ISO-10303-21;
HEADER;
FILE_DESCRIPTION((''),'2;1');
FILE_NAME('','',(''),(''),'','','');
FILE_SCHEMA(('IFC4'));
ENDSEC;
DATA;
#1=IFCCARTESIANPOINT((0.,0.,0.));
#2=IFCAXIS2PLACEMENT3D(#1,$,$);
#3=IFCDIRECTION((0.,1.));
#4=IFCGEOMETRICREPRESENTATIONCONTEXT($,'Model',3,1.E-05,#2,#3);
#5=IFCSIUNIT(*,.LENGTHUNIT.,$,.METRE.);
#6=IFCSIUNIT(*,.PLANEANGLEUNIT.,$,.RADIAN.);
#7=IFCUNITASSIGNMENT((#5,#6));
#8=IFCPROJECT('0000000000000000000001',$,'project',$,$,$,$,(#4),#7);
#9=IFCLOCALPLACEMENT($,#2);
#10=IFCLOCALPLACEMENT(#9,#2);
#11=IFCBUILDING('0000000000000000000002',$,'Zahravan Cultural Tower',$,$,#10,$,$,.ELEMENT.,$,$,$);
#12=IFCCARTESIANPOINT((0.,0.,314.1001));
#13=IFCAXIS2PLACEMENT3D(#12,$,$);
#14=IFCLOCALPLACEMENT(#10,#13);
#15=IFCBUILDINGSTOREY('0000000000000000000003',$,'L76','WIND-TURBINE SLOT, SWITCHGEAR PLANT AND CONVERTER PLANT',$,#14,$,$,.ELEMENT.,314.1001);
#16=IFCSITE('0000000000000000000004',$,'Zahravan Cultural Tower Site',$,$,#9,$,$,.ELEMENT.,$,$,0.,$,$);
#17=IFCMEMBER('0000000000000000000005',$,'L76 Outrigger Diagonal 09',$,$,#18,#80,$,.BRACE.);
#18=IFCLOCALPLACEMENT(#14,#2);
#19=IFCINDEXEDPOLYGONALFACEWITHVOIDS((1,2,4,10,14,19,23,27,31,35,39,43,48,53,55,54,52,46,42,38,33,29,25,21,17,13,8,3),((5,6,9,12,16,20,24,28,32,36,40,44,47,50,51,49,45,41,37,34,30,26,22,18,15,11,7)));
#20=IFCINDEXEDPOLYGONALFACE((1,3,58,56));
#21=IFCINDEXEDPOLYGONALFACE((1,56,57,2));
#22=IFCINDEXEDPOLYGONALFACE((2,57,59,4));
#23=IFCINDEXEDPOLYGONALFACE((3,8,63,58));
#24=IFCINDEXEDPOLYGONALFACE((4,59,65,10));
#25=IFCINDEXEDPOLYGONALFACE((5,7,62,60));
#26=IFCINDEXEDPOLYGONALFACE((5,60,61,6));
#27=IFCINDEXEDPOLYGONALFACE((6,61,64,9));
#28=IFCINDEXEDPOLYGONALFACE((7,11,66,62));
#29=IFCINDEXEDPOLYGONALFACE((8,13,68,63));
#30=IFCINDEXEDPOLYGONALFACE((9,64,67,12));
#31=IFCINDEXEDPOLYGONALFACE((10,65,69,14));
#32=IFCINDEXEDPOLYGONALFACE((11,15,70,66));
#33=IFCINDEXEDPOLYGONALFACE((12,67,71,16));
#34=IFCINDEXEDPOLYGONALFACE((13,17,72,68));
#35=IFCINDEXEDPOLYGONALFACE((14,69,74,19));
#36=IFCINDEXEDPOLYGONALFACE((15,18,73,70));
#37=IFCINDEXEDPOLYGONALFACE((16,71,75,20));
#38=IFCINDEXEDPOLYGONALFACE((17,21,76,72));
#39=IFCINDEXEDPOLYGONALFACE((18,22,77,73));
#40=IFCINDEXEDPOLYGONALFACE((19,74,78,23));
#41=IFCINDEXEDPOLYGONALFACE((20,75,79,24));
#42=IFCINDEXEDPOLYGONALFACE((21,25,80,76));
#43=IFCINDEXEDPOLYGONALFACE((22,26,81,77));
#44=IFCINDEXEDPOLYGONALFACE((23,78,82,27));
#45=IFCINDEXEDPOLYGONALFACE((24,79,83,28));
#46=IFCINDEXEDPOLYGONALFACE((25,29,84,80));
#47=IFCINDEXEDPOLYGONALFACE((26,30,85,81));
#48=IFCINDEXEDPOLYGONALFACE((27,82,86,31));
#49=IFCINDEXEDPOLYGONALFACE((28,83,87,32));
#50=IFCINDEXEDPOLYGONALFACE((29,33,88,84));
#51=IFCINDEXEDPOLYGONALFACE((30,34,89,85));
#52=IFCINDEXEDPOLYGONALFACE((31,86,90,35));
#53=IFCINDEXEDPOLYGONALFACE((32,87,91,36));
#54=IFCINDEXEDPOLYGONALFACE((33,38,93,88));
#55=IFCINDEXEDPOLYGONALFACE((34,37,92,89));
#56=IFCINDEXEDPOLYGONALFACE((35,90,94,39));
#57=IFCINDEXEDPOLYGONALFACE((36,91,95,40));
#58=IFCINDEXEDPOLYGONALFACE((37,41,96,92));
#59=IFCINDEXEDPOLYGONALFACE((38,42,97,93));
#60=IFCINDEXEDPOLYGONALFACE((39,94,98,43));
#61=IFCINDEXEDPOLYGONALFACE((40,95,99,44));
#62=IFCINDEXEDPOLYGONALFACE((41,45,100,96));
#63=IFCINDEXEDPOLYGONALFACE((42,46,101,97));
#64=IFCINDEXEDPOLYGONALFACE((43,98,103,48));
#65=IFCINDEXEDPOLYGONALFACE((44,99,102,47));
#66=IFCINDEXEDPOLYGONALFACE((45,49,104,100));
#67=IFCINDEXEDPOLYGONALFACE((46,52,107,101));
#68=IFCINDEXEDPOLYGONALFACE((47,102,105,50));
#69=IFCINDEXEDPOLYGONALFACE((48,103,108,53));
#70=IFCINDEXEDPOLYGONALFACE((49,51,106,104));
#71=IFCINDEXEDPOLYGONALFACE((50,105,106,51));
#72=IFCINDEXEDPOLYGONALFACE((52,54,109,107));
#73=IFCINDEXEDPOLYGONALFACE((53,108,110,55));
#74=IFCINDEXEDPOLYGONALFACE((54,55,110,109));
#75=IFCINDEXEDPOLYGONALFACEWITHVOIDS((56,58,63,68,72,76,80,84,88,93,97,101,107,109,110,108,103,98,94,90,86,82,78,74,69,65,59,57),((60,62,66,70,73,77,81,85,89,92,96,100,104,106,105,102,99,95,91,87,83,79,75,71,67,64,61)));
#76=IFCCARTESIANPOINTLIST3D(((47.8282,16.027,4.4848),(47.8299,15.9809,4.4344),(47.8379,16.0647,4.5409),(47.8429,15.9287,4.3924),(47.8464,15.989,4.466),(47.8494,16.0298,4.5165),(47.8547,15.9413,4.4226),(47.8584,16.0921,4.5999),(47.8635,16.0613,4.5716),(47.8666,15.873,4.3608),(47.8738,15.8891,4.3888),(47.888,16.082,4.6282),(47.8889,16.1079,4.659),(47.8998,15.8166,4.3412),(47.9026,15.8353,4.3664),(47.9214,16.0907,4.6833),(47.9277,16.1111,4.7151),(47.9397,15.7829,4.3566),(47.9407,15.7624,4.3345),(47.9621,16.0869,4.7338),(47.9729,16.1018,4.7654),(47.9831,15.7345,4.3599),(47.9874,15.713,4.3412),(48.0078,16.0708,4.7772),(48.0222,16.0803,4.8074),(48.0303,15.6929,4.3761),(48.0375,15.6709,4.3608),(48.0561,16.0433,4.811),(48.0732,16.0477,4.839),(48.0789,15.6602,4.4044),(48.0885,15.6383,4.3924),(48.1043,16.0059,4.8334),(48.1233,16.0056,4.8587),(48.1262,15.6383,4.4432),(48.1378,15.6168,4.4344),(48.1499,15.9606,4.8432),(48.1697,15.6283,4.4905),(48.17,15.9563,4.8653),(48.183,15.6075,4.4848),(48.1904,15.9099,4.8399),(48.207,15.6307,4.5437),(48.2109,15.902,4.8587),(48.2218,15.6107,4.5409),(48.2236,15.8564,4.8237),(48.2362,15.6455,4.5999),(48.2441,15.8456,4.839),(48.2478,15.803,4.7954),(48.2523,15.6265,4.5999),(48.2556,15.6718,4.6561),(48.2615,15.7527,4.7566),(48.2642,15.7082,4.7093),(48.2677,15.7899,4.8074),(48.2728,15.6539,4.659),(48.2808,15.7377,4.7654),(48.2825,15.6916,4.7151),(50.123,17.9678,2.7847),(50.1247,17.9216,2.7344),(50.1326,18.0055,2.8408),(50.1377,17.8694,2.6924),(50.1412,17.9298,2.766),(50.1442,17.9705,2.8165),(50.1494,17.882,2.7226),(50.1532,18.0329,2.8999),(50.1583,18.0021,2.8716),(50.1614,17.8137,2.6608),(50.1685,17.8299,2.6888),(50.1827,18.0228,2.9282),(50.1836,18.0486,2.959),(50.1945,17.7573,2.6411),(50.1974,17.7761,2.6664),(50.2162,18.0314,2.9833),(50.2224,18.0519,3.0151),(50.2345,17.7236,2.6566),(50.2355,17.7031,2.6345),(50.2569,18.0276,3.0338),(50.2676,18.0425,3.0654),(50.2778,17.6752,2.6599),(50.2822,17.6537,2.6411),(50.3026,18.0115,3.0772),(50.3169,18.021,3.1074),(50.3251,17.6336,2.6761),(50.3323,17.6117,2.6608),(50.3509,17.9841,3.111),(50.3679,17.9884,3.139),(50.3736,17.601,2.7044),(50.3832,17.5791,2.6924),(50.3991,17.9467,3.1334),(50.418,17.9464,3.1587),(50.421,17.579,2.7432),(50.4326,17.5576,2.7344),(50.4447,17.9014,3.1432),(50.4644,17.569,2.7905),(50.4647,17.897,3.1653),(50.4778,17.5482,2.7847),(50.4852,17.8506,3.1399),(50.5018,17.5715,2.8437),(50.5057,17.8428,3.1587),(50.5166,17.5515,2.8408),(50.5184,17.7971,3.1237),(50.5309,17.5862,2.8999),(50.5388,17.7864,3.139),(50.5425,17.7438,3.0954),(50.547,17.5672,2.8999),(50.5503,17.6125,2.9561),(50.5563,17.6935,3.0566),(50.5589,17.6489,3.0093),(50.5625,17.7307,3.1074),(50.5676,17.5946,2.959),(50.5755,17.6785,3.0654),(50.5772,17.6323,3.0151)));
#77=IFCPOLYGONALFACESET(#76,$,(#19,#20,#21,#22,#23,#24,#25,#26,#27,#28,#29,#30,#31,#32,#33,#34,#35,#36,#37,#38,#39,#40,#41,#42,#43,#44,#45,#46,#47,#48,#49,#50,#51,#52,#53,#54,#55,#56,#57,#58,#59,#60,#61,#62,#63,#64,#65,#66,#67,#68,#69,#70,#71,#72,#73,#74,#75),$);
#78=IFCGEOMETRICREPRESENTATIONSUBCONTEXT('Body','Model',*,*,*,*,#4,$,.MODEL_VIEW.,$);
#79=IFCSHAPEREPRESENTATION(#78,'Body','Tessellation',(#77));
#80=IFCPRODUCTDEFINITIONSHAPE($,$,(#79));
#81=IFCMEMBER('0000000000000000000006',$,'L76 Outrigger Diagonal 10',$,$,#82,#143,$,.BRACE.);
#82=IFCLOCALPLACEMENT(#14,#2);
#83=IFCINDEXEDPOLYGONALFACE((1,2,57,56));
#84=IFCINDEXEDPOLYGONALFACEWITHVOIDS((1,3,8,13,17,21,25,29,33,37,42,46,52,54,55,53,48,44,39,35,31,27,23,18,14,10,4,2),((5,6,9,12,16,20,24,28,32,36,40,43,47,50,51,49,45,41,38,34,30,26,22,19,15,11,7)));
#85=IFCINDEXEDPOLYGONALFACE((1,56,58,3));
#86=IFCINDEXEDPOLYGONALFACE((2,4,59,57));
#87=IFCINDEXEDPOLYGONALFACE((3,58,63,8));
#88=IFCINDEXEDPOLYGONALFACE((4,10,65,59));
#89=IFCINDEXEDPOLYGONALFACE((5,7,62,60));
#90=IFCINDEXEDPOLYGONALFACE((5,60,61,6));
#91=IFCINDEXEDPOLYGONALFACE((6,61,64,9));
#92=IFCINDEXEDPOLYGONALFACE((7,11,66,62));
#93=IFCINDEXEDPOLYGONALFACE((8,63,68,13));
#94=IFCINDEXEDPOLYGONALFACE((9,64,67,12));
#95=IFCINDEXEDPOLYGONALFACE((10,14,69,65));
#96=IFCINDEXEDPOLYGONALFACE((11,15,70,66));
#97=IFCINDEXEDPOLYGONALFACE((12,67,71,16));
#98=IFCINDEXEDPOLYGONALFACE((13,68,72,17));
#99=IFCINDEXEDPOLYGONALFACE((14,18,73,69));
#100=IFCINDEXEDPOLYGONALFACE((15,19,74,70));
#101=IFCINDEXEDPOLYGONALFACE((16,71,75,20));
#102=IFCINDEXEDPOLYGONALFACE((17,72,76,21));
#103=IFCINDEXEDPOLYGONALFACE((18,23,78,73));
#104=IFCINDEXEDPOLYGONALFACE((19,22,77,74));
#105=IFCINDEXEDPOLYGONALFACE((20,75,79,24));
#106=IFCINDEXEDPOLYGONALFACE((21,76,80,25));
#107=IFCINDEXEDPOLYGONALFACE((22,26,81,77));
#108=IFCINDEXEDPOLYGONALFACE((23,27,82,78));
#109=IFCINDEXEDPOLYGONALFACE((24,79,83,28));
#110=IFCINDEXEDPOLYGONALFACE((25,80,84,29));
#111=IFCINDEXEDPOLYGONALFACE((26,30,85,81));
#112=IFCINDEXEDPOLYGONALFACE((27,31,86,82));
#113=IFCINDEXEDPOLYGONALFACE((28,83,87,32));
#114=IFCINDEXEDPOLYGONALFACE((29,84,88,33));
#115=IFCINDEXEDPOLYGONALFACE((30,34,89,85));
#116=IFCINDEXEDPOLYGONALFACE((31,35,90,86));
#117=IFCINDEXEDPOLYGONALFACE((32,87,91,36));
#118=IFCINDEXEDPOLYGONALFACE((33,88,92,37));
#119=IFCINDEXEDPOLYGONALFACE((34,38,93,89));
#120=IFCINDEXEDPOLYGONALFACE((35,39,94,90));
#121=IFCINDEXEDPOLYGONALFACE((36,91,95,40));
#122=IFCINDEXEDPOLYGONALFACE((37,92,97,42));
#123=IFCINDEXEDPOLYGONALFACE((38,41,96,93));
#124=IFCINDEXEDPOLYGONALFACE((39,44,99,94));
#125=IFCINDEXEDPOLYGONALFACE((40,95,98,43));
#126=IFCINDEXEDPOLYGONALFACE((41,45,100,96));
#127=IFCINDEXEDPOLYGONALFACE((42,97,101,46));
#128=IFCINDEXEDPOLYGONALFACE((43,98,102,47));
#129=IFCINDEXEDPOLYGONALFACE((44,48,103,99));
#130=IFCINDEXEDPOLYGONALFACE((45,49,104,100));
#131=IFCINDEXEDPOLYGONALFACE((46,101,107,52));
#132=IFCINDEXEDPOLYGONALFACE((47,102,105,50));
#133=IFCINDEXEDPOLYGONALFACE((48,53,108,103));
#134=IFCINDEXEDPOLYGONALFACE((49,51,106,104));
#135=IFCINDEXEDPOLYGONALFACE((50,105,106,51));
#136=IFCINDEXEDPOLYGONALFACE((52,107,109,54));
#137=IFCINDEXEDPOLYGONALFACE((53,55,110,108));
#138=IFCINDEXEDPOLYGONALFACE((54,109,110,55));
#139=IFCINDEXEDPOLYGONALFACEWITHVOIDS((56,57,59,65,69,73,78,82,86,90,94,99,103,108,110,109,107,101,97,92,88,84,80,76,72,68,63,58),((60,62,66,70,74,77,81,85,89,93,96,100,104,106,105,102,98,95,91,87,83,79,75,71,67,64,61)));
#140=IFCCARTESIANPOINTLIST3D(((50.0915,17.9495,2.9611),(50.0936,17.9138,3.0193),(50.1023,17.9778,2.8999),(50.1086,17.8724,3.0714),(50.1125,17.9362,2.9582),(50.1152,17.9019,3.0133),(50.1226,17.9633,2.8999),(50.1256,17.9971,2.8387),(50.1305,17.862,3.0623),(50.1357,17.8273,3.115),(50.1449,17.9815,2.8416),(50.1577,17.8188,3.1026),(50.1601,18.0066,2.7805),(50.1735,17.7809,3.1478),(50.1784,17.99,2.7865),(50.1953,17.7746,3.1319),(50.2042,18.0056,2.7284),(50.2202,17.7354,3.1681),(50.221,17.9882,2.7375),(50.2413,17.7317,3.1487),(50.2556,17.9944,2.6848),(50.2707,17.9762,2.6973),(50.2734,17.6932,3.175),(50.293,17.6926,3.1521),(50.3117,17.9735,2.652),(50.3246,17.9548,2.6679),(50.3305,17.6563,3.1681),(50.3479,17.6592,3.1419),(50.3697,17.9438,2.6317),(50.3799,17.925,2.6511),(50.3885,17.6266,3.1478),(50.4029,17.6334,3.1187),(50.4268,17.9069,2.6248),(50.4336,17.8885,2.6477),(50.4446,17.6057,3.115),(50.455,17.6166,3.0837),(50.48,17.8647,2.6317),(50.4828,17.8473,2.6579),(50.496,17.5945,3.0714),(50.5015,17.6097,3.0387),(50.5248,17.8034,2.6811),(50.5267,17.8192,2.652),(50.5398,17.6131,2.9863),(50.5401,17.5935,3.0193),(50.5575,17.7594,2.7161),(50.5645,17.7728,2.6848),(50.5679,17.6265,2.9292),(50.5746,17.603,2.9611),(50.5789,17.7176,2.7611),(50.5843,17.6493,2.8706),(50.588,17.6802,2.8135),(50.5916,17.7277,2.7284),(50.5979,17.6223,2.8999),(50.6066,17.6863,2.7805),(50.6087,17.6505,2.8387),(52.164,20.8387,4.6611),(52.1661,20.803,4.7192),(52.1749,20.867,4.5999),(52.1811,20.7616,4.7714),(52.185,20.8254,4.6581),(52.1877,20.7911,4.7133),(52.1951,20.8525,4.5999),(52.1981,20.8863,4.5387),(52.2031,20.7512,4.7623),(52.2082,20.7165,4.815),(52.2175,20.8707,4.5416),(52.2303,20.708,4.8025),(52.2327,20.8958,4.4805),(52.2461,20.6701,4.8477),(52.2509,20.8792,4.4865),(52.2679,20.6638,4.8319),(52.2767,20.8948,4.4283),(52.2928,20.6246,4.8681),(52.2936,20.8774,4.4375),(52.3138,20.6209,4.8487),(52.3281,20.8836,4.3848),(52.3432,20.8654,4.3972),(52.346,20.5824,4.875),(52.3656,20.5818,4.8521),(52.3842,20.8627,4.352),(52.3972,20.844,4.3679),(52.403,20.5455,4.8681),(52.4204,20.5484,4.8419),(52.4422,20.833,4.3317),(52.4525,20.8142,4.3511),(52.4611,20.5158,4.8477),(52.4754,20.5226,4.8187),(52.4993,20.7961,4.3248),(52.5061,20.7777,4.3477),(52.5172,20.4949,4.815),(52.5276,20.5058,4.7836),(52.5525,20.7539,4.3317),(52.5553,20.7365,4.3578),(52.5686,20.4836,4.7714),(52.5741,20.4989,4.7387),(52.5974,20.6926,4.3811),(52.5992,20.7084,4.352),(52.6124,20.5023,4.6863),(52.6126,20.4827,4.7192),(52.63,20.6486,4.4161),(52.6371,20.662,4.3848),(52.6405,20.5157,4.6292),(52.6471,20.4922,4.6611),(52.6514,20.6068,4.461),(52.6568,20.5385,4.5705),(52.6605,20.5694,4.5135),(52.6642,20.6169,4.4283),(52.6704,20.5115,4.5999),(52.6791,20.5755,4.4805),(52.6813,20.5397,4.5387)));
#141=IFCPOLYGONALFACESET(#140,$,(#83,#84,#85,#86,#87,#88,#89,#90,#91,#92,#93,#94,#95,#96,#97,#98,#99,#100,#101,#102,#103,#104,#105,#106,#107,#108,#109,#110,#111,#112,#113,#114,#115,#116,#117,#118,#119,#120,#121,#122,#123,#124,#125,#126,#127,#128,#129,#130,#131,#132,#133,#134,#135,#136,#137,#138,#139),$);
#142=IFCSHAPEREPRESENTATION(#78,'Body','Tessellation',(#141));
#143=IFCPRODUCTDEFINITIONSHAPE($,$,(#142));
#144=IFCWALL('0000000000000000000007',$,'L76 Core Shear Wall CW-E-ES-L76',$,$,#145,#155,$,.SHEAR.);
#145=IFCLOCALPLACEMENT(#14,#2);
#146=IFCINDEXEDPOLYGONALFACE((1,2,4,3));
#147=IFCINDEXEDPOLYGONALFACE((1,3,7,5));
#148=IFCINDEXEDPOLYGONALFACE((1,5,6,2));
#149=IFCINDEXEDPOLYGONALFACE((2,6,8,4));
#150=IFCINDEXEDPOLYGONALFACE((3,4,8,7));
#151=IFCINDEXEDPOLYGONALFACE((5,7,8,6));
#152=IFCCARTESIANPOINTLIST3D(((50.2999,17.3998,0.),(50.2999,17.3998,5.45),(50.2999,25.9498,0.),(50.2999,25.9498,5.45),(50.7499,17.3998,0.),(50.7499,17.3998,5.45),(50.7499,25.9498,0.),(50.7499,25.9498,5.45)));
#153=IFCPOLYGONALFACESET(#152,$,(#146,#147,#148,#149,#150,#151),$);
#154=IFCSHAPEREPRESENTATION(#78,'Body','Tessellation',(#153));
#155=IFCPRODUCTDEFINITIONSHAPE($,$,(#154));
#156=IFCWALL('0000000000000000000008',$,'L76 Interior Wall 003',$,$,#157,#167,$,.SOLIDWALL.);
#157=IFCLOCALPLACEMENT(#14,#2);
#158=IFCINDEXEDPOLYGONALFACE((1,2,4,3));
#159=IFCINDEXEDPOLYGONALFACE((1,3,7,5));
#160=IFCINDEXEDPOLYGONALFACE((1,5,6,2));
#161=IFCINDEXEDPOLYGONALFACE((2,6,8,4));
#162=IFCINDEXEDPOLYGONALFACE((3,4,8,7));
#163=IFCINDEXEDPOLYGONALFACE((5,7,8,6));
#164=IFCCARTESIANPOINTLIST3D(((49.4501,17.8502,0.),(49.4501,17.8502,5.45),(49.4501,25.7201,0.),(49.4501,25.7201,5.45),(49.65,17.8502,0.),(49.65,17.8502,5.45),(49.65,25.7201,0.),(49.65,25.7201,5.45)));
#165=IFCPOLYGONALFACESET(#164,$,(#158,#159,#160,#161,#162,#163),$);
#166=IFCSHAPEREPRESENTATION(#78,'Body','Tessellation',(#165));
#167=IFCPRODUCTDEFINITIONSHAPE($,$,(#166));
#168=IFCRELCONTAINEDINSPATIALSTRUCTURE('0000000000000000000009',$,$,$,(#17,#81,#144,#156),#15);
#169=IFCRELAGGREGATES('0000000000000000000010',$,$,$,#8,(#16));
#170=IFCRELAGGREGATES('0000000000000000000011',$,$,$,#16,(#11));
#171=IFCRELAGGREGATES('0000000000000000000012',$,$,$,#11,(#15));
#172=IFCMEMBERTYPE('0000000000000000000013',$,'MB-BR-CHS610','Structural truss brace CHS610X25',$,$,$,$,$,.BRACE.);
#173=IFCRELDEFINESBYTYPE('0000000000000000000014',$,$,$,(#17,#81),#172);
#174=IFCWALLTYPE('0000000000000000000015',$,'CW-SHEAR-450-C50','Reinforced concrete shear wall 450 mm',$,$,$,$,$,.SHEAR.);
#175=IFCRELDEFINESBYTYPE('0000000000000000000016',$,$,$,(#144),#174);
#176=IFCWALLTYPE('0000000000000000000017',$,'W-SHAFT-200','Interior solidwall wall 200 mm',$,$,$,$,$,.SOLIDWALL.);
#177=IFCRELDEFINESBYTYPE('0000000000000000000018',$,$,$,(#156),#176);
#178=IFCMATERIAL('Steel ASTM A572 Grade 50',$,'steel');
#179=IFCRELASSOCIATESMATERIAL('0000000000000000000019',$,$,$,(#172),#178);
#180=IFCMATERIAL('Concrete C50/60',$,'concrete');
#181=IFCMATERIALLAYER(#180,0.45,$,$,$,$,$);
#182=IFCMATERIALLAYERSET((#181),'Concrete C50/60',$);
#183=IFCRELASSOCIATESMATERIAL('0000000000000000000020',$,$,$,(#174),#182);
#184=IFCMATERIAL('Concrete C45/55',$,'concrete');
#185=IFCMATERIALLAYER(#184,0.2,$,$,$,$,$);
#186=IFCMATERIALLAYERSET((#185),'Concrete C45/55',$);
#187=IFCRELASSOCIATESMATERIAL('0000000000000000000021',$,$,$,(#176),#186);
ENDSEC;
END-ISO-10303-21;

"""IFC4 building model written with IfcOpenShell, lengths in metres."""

from ifc_helpers import new_model, si_unit, direction, frame, frame_2d, origin, origin_2d, place, context, subcontext, project, spatial, rectangle, hollow_circle, extrude, source, transform, mapped, material, layer, layer_set, material_profile, profile_set, type_object, element, save


model = new_model("IFC4")

# Units and contexts
model_context = context("Model", 3, precision=1e-05, world=origin(), true_north=direction((0.0, 1.0)))
body_context = subcontext(model_context, "Body", "Model", "MODEL_VIEW")
ifc_project = project(units=[si_unit("LENGTHUNIT", "METRE"), si_unit("PLANEANGLEUNIT", "RADIAN")], contexts=[model_context])

# Site, building, storey
site_placement = place(None, origin())
site = spatial("IfcSite", under=ifc_project, at=site_placement, Name="Zahravan Cultural Tower Site", CompositionType="ELEMENT", RefElevation=0.0)
building_placement = place(site_placement, origin())
building = spatial("IfcBuilding", under=site, at=building_placement, Name="Zahravan Cultural Tower", CompositionType="ELEMENT")
storey_placement = place(building_placement, frame((0.0, 0.0, 314.1001)))
storey = spatial("IfcBuildingStorey", under=building, at=storey_placement, Name="L76", Description="WIND-TURBINE SLOT, SWITCHGEAR PLANT AND CONVERTER PLANT", CompositionType="ELEMENT", Elevation=314.1001)

# Shared definitions
ifc_material_1 = material(Name="Concrete C50/60", Category="concrete")

# Members
ifc_material_2 = material(Name="Steel ASTM A572 Grade 50", Category="steel")
ifc_material_profile_1 = material_profile(ifc_material_2, hollow_circle(Radius=0.3049, WallThickness=0.0249, at=origin_2d()), Name="CHS610X25")
ifc_profile_set_1 = profile_set([ifc_material_profile_1], Name="Steel ASTM A572 Grade 50")
member_type = type_object("IfcMemberType", Name="MB-BR-CHS610", Description="Structural truss brace CHS610X25", PredefinedType="BRACE", material=ifc_profile_set_1)
shared_shape_1 = source(origin(), body_context, "Body", "SweptSolid", [
    extrude(hollow_circle(Radius=0.3049, WallThickness=0.0249, at=origin_2d()), origin(), (0.0, 0.0, 1.0), 3.4529),
])
member_1_placement = place(storey_placement, frame((50.3501, 17.8, 2.8999), z_axis=(-0.664591, -0.562063, 0.492345), x_axis=(0.645753, -0.763546, 0.0)))
element("IfcMember", 1, at=member_1_placement, inside=storey, type_object=member_type, Name="L76 Outrigger Diagonal 09", PredefinedType="BRACE", context=body_context, shape_type="MappedRepresentation", body=[
    mapped(shared_shape_1, transform((0.0, 0.0, 0.0), x_axis=(1.0, 0.0, 0.0), y_axis=(0.0, 1.0, 0.0), z_axis=(0.0, 0.0, 1.0), scale=1.0)),
])
shared_shape_2 = source(origin(), body_context, "Body", "SweptSolid", [
    extrude(hollow_circle(Radius=0.3049, WallThickness=0.0249, at=origin_2d()), origin(), (0.0, 0.0, 1.0), 3.9412),
])
member_2_placement = place(storey_placement, frame((50.3501, 17.8, 2.8999), z_axis=(0.525869, 0.733082, 0.431338), x_axis=(-0.812558, 0.58288, 0.0)))
element("IfcMember", 2, at=member_2_placement, inside=storey, type_object=member_type, Name="L76 Outrigger Diagonal 10", PredefinedType="BRACE", context=body_context, shape_type="MappedRepresentation", body=[
    mapped(shared_shape_2, transform((0.0, 0.0, 0.0), x_axis=(1.0, 0.0, 0.0), y_axis=(0.0, 1.0, 0.0), z_axis=(0.0, 0.0, 1.0), scale=1.0)),
])

# Walls
ifc_layer_1 = layer(ifc_material_1, 0.45)
ifc_layer_set_1 = layer_set([ifc_layer_1], Name="Concrete C50/60")
wall_type_1 = type_object("IfcWallType", Name="CW-SHEAR-450-C50", Description="Reinforced concrete shear wall 450 mm", PredefinedType="SHEAR", material=ifc_layer_set_1)
shared_shape_3 = source(origin(), body_context, "Body", "SweptSolid", [
    extrude(rectangle(XDim=8.55, YDim=0.45, at=frame_2d((4.2749, 0.0))), origin(), (0.0, 0.0, 1.0), 5.45),
])
wall_1_placement = place(storey_placement, frame((50.5249, 17.3999, 0.0), z_axis=(0.0, 0.0, 1.0), x_axis=(0.0, 1.0, 0.0)))
element("IfcWall", 3, at=wall_1_placement, inside=storey, type_object=wall_type_1, Name="L76 Core Shear Wall CW-E-ES-L76", PredefinedType="SHEAR", context=body_context, shape_type="MappedRepresentation", body=[
    mapped(shared_shape_3, transform((0.0, 0.0, 0.0), x_axis=(1.0, 0.0, 0.0), y_axis=(0.0, 1.0, 0.0), z_axis=(0.0, 0.0, 1.0), scale=1.0)),
])
ifc_material_3 = material(Name="Concrete C45/55", Category="concrete")
ifc_layer_2 = layer(ifc_material_3, 0.2)
ifc_layer_set_2 = layer_set([ifc_layer_2], Name="Concrete C45/55")
wall_type_2 = type_object("IfcWallType", Name="W-SHAFT-200", Description="Interior solidwall wall 200 mm", PredefinedType="SOLIDWALL", material=ifc_layer_set_2)
shared_shape_4 = source(origin(), body_context, "Body", "SweptSolid", [
    extrude(rectangle(XDim=7.8699, YDim=0.2, at=frame_2d((3.9351, 0.0))), origin(), (0.0, 0.0, 1.0), 5.45),
])
wall_2_placement = place(storey_placement, frame((49.55, 17.8501, 0.0), z_axis=(0.0, 0.0, 1.0), x_axis=(0.0, 1.0, 0.0)))
element("IfcWall", 4, at=wall_2_placement, inside=storey, type_object=wall_type_2, Name="L76 Interior Wall 003", PredefinedType="SOLIDWALL", context=body_context, shape_type="MappedRepresentation", body=[
    mapped(shared_shape_4, transform((0.0, 0.0, 0.0), x_axis=(1.0, 0.0, 0.0), y_axis=(0.0, 1.0, 0.0), z_axis=(0.0, 0.0, 1.0), scale=1.0)),
])

save(model, "model.ifc")
